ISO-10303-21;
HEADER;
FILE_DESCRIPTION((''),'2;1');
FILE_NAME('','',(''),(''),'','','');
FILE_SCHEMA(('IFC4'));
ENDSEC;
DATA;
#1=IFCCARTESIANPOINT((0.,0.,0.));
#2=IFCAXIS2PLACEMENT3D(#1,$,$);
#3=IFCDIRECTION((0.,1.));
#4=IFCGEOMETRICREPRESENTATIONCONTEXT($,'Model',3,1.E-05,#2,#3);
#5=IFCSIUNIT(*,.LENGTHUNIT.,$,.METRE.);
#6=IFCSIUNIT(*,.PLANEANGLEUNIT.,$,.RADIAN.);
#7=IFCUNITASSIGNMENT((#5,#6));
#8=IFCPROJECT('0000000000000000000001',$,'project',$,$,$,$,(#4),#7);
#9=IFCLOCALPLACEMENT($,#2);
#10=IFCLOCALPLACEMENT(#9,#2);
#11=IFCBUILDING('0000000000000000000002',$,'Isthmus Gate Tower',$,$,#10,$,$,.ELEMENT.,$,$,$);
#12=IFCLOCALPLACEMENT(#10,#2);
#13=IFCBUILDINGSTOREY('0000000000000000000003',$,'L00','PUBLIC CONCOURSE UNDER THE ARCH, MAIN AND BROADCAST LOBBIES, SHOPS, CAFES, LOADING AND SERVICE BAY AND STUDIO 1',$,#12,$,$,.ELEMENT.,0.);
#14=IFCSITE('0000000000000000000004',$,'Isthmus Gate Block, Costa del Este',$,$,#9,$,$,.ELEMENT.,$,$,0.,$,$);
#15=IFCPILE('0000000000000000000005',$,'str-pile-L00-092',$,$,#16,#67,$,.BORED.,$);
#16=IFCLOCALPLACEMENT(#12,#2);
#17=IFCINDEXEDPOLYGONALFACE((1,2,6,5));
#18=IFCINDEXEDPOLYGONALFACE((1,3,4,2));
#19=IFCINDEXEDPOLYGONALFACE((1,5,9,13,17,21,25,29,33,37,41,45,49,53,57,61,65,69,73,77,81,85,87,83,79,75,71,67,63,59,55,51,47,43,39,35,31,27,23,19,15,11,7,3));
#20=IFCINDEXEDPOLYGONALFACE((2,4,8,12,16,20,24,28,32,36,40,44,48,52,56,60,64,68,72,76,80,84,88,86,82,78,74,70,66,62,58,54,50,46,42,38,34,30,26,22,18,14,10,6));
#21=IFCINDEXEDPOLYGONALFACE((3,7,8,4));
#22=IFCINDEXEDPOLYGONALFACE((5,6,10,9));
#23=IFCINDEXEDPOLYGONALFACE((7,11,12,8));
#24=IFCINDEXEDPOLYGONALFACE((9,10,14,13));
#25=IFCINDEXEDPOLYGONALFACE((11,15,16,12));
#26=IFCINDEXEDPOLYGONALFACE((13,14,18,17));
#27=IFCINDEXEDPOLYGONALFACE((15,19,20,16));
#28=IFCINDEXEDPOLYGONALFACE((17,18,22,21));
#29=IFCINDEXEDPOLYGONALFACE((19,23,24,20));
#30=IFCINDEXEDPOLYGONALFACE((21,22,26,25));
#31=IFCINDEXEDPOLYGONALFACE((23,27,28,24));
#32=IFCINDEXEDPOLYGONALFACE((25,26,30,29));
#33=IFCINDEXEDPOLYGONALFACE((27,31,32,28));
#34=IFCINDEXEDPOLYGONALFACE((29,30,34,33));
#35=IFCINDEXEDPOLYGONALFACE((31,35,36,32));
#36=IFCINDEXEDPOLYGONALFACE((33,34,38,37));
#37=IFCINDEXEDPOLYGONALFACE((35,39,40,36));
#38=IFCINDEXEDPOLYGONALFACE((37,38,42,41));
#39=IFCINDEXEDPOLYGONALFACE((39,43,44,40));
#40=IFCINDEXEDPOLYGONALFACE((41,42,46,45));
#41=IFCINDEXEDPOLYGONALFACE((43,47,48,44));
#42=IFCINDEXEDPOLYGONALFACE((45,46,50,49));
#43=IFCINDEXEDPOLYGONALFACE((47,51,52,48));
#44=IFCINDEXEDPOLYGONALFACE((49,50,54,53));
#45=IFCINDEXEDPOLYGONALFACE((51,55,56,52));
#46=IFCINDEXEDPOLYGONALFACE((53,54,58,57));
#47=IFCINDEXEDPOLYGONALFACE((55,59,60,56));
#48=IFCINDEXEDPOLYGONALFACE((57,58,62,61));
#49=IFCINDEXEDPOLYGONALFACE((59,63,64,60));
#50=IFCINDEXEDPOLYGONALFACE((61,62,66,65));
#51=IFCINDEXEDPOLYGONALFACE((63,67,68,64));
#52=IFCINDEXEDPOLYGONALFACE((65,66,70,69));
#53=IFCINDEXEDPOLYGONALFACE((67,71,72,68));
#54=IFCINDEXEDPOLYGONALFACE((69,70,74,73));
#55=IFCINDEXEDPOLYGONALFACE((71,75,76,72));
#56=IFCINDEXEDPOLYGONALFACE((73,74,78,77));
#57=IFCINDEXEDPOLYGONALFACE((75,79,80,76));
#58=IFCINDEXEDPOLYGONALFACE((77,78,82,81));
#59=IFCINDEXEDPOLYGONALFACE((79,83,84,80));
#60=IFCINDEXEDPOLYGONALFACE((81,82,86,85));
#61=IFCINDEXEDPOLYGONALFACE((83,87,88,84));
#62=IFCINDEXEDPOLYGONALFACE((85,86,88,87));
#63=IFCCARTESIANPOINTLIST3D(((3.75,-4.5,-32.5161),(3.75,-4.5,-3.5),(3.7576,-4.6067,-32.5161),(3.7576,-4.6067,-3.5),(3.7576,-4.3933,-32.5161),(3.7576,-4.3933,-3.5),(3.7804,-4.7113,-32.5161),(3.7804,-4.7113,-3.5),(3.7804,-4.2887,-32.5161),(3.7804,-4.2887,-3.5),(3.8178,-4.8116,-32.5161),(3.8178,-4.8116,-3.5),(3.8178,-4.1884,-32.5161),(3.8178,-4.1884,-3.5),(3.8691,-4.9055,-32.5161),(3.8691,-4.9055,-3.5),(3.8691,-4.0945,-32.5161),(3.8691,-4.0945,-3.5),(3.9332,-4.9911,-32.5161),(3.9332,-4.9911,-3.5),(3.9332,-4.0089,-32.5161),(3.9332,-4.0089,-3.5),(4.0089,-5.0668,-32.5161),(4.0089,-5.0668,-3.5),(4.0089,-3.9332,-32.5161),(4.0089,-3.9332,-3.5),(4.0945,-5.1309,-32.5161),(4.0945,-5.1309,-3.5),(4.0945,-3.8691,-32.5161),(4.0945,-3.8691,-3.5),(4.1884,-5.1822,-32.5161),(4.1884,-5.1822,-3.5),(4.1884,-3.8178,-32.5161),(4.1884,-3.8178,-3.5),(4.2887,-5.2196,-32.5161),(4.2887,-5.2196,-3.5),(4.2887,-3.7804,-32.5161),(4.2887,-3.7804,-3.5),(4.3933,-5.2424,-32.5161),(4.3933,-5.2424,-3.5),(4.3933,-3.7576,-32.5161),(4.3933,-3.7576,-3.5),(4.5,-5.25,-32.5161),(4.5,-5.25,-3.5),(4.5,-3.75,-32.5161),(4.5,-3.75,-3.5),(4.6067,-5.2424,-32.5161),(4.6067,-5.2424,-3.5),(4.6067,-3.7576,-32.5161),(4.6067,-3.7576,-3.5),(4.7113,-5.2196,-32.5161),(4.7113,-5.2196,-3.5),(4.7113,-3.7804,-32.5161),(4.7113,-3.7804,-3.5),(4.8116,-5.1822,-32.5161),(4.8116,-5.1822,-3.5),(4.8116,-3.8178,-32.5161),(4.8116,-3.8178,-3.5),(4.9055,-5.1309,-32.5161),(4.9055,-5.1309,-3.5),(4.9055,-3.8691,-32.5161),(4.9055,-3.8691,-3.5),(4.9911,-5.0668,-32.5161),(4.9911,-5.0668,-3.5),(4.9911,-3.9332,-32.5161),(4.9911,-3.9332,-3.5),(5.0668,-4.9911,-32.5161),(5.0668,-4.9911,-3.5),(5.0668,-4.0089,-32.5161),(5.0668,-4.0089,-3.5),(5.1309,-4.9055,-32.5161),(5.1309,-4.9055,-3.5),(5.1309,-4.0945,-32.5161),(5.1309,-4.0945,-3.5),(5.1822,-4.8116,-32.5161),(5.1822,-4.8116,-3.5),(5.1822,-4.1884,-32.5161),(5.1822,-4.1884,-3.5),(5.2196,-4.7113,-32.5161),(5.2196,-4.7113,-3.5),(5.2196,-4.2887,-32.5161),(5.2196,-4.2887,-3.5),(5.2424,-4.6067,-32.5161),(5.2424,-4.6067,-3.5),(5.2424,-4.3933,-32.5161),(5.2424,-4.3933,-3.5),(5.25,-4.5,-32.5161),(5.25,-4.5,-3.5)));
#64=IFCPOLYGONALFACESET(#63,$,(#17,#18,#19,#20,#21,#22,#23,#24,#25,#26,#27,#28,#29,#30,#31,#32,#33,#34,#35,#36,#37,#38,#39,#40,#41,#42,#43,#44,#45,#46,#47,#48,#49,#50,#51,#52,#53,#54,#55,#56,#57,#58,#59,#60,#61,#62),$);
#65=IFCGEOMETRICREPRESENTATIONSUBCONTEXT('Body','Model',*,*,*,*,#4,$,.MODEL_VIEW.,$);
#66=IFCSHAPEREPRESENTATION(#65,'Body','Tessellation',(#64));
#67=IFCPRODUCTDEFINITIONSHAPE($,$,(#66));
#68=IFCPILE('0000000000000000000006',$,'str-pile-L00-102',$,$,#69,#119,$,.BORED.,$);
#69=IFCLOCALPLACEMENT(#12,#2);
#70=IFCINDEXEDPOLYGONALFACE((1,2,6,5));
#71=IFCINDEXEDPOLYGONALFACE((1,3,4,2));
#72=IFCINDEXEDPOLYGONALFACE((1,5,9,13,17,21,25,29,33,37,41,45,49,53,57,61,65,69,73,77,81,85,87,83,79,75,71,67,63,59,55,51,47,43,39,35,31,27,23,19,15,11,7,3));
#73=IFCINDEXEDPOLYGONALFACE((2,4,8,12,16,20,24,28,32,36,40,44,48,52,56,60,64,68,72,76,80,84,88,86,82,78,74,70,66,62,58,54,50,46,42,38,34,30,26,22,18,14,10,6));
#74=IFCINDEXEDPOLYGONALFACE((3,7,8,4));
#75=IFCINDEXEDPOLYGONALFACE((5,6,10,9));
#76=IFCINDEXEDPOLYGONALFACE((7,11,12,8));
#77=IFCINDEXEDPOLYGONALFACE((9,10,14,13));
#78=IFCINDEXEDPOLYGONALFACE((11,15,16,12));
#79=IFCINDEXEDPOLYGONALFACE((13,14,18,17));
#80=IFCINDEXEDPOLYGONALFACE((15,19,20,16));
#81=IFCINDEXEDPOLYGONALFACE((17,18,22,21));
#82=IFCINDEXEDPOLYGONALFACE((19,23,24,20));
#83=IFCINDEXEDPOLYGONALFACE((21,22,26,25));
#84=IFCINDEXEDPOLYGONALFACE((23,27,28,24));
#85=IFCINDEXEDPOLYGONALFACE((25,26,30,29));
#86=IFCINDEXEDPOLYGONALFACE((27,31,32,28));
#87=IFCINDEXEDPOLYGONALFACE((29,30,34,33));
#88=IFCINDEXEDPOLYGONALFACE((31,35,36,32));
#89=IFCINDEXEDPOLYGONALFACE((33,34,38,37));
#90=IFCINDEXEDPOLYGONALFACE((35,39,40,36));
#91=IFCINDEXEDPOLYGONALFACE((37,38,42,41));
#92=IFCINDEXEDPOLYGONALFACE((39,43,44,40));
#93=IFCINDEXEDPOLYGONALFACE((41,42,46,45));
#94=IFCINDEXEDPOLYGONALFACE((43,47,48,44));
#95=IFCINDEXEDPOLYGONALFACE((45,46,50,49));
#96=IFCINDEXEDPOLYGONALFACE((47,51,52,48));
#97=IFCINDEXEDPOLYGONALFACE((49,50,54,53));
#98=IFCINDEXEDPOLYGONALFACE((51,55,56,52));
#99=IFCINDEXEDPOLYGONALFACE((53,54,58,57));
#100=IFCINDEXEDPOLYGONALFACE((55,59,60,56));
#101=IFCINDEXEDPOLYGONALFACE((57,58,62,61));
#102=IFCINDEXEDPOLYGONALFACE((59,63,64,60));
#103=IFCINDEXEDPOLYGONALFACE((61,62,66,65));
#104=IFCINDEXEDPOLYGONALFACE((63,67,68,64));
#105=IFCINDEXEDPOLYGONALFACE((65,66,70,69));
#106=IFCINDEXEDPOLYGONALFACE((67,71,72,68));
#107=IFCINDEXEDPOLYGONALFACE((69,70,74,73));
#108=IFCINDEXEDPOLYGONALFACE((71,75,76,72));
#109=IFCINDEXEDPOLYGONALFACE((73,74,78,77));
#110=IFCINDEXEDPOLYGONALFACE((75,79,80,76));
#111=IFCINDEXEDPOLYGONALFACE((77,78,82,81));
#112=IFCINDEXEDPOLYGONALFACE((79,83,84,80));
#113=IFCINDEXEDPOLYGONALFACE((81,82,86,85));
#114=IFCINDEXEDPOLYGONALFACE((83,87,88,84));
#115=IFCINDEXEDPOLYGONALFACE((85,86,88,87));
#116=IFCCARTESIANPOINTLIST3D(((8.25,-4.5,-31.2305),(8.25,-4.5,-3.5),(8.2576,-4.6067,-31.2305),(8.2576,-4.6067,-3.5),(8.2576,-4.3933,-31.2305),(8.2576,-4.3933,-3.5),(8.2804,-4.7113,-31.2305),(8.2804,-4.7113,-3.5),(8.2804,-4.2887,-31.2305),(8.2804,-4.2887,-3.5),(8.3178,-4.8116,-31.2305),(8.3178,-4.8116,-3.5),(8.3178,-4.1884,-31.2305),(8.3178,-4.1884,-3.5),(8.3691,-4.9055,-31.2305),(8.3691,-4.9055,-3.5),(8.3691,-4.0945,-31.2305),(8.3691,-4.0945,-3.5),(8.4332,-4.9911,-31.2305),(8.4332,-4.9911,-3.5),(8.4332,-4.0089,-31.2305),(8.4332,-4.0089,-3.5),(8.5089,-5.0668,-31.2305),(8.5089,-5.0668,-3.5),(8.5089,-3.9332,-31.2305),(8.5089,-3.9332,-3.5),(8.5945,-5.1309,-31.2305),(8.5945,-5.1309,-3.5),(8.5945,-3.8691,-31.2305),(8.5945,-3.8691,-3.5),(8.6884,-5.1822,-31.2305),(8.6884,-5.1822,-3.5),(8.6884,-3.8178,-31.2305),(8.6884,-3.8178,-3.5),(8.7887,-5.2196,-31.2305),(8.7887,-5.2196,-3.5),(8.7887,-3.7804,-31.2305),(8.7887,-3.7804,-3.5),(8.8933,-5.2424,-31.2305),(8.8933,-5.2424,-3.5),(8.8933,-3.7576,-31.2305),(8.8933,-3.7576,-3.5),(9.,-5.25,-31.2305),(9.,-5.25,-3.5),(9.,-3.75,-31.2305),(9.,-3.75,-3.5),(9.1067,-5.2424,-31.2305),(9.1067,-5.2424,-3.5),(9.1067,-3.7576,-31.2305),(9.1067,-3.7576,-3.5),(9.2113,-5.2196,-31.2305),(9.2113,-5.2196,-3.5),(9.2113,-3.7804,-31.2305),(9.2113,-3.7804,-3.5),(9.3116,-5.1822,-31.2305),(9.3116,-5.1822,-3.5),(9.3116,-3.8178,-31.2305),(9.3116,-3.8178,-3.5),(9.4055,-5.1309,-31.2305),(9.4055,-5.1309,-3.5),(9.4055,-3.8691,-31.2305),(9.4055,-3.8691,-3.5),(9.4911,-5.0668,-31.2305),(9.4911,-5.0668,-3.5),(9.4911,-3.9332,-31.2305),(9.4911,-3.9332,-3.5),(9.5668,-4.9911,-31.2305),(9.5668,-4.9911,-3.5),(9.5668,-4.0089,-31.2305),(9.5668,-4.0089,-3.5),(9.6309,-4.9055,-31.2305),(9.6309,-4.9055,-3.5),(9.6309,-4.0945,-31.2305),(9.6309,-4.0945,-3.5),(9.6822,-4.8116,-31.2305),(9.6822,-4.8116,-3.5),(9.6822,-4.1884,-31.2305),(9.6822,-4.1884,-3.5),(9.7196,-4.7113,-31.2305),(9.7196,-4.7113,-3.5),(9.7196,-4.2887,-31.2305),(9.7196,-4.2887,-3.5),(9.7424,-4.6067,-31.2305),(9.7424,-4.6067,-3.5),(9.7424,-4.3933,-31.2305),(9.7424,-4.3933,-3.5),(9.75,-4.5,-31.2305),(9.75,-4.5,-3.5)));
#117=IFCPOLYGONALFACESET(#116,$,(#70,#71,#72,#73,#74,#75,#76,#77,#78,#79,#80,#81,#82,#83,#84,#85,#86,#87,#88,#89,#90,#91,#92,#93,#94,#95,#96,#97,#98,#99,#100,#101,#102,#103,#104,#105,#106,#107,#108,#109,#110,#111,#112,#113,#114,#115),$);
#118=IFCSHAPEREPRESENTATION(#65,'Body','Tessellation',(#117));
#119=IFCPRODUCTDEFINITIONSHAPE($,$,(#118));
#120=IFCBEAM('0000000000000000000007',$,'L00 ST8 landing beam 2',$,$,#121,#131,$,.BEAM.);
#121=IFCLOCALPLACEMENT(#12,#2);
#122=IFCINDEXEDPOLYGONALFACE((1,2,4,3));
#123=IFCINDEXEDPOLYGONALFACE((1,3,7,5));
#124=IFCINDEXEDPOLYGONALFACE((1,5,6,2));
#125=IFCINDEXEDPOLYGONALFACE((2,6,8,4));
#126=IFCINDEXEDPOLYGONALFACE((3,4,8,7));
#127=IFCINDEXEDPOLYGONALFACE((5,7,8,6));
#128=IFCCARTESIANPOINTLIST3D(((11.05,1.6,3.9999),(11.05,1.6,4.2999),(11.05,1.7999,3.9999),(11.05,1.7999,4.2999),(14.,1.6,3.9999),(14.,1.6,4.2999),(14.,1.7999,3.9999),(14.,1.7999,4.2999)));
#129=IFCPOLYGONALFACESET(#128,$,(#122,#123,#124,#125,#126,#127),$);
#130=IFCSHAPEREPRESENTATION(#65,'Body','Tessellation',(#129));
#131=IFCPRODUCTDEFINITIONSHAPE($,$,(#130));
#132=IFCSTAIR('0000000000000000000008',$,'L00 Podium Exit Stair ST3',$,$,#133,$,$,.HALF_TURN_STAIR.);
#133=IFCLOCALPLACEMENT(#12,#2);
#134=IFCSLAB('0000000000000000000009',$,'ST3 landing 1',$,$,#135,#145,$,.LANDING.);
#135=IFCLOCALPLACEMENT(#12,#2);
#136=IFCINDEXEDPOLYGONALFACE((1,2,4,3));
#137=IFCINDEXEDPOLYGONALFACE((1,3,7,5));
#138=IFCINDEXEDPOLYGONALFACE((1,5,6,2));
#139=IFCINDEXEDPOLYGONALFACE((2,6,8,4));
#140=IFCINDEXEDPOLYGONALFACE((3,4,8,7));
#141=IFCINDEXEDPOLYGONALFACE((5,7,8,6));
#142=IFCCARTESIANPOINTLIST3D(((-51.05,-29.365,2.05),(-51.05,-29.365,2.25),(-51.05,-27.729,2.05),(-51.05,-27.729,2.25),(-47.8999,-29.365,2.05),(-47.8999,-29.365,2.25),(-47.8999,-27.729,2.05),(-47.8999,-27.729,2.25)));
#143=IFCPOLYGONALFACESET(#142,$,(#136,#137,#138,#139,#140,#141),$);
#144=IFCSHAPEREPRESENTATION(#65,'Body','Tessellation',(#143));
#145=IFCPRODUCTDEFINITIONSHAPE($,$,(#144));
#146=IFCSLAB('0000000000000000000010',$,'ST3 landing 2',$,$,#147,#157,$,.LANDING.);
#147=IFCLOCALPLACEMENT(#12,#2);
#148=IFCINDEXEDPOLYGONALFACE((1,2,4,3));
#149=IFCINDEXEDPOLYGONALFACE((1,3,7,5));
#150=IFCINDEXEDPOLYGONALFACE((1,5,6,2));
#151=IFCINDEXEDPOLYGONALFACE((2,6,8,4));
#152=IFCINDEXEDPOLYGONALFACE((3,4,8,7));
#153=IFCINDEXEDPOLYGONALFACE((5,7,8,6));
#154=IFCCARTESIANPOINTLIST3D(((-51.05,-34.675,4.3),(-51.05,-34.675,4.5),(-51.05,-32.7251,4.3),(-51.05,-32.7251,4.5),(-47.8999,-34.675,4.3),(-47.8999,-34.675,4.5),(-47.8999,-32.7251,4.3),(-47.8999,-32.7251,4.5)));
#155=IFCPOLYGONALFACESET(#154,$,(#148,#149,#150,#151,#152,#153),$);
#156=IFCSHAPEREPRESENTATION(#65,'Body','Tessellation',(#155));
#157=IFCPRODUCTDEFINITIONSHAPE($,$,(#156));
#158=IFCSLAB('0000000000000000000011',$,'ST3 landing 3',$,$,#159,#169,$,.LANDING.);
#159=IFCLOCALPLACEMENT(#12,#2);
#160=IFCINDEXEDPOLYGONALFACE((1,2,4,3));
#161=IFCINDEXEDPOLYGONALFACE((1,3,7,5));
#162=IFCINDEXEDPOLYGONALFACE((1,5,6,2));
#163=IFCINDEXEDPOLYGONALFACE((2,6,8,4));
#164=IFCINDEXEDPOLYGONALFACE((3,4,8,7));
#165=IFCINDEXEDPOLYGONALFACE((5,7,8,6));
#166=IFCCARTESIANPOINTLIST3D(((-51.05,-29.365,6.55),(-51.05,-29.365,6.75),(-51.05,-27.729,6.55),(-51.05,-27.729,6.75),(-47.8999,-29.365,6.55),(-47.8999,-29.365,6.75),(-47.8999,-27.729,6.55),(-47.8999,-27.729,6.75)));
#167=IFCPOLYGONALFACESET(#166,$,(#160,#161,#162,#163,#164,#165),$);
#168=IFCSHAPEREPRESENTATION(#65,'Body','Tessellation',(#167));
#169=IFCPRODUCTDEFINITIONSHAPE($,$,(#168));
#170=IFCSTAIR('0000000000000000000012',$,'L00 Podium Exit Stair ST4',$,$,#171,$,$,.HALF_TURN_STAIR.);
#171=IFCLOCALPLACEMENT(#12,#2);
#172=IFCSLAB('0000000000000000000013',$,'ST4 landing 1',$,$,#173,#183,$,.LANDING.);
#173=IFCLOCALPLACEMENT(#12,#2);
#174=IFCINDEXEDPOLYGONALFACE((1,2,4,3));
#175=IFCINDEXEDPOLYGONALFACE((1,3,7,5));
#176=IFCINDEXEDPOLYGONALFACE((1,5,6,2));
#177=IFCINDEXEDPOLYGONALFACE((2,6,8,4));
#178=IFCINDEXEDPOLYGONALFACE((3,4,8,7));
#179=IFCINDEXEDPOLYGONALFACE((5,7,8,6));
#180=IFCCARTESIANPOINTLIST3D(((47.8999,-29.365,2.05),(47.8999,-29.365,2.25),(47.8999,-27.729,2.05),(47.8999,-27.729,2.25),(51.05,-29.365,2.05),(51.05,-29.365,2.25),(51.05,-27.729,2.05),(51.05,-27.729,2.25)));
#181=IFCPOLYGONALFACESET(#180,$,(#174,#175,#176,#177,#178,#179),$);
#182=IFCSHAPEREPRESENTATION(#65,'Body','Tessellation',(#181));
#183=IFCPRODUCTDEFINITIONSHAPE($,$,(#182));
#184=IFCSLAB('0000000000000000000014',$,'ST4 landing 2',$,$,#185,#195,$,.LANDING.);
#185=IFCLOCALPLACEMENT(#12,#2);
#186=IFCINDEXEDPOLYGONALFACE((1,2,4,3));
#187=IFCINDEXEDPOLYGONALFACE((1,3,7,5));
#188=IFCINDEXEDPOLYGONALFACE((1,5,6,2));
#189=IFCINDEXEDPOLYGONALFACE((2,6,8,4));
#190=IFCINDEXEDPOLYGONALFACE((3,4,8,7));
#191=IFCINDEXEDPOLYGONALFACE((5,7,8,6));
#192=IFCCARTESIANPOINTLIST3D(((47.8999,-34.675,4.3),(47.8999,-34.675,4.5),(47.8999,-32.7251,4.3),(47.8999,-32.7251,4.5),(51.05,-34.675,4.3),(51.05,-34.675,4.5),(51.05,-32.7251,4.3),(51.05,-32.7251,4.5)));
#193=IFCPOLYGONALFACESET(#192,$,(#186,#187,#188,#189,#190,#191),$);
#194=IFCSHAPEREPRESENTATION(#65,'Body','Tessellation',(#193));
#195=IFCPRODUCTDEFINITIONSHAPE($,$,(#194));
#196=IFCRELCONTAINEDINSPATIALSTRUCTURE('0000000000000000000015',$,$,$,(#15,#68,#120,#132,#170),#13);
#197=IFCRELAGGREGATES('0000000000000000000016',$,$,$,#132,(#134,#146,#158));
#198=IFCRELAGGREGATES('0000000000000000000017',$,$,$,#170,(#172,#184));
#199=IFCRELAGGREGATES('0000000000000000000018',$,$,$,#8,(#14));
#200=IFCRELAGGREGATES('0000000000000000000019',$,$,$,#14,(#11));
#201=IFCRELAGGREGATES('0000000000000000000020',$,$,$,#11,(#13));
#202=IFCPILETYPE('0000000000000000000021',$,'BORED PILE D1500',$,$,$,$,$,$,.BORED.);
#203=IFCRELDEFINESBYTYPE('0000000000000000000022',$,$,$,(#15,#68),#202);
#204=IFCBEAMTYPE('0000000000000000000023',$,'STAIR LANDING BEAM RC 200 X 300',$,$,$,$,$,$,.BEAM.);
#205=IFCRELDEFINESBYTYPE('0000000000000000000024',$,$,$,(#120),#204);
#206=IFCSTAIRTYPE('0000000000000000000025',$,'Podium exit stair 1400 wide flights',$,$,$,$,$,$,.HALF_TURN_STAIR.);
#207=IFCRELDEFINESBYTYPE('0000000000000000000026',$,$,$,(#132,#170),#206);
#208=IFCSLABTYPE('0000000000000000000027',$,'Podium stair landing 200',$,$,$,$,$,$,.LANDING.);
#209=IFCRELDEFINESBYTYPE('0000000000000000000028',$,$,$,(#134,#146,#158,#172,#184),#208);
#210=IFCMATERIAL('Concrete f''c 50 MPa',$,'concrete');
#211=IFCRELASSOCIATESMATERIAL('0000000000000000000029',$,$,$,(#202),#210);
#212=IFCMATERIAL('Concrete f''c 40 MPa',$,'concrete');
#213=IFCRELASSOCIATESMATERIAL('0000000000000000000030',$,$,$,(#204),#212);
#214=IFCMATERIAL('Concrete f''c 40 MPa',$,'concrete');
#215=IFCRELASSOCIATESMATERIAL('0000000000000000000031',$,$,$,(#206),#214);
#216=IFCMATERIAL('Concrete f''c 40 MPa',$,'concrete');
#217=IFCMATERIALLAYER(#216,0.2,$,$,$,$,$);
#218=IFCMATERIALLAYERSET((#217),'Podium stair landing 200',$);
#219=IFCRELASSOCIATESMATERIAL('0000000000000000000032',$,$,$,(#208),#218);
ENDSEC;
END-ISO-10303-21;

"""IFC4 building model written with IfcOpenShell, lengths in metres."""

from ifc_helpers import new_model, si_unit, direction, frame, origin, origin_2d, place, context, subcontext, project, spatial, polyline, rectangle, circle, outline, extrude, material, layer, layer_set, material_profile, profile_set, type_object, element, aggregate, save


model = new_model("IFC4")

# Units and contexts
model_context = context("Model", 3, precision=1e-05, world=origin(), true_north=direction((0.0, 1.0)))
body_context = subcontext(model_context, "Body", "Model", "MODEL_VIEW")
ifc_project = project(units=[si_unit("LENGTHUNIT", "METRE"), si_unit("PLANEANGLEUNIT", "RADIAN")], contexts=[model_context])

# Site, building, storey
site_placement = place(None, origin())
site = spatial("IfcSite", under=ifc_project, at=site_placement, Name="Isthmus Gate Block, Costa del Este", CompositionType="ELEMENT", RefElevation=0.0)
building_placement = place(site_placement, origin())
building = spatial("IfcBuilding", under=site, at=building_placement, Name="Isthmus Gate Tower", CompositionType="ELEMENT")
storey_placement = place(building_placement, origin())
storey = spatial("IfcBuildingStorey", under=building, at=storey_placement, Name="L00", Description="PUBLIC CONCOURSE UNDER THE ARCH, MAIN AND BROADCAST LOBBIES, SHOPS, CAFES, LOADING AND SERVICE BAY AND STUDIO 1", CompositionType="ELEMENT", Elevation=0.0)

# Piles
ifc_material_1 = material(Name="Concrete f'c 50 MPa", Category="concrete")
ifc_material_profile_1 = material_profile(ifc_material_1, circle(Radius=0.75, at=origin_2d()), Name="D1500")
ifc_profile_set_1 = profile_set([ifc_material_profile_1], Name="Concrete f'c 50 MPa")
pile_type = type_object("IfcPileType", Name="BORED PILE D1500", PredefinedType="BORED", material=ifc_profile_set_1)
pile_1_placement = place(storey_placement, frame((4.5, -4.5, -3.5), z_axis=(0.0, 0.0, -1.0), x_axis=(1.0, 0.0, 0.0)))
element("IfcPile", 1, at=pile_1_placement, inside=storey, type_object=pile_type, Name="str-pile-L00-092", PredefinedType="BORED", context=body_context, shape_type="SweptSolid", body=[
    extrude(circle(Radius=0.75, at=origin_2d()), origin(), (0.0, 0.0, 1.0), 29.0161),
])
pile_2_placement = place(storey_placement, frame((9.0, -4.5, -3.5), z_axis=(0.0, 0.0, -1.0), x_axis=(1.0, 0.0, 0.0)))
element("IfcPile", 2, at=pile_2_placement, inside=storey, type_object=pile_type, Name="str-pile-L00-102", PredefinedType="BORED", context=body_context, shape_type="SweptSolid", body=[
    extrude(circle(Radius=0.75, at=origin_2d()), origin(), (0.0, 0.0, 1.0), 27.7305),
])

# Beam
ifc_material_2 = material(Name="Concrete f'c 40 MPa", Category="concrete")
ifc_material_profile_2 = material_profile(ifc_material_2, rectangle(XDim=0.2, YDim=0.3, at=origin_2d()), Name="STAIR LANDING BEAM RC 200 X 300")
ifc_profile_set_2 = profile_set([ifc_material_profile_2], Name="Concrete f'c 40 MPa")
beam_type = type_object("IfcBeamType", Name="STAIR LANDING BEAM RC 200 X 300", PredefinedType="BEAM", material=ifc_profile_set_2)
beam_placement = place(storey_placement, frame((11.05, 1.7, 4.1499), z_axis=(1.0, 0.0, 0.0), x_axis=(0.0, 1.0, 0.0)))
element("IfcBeam", 3, at=beam_placement, inside=storey, type_object=beam_type, Name="L00 ST8 landing beam 2", PredefinedType="BEAM", context=body_context, shape_type="SweptSolid", body=[
    extrude(rectangle(XDim=0.2, YDim=0.3, at=origin_2d()), origin(), (0.0, 0.0, 1.0), 2.95),
])

# Stairs, slabs
ifc_material_3 = material(Name="Concrete f'c 40 MPa", Category="concrete")
stair_type_1 = type_object("IfcStairType", Name="Podium exit stair 1400 wide flights", PredefinedType="HALF_TURN_STAIR", material=ifc_material_3)
stair_1_placement = place(storey_placement, origin())
stair_1 = element("IfcStair", 4, at=stair_1_placement, inside=storey, type_object=stair_type_1, Name="L00 Podium Exit Stair ST3", PredefinedType="HALF_TURN_STAIR")
ifc_material_4 = material(Name="Concrete f'c 40 MPa", Category="concrete")
ifc_layer_1 = layer(ifc_material_4, 0.2)
ifc_layer_set_1 = layer_set([ifc_layer_1], Name="Podium stair landing 200")
slab_type_1 = type_object("IfcSlabType", Name="Podium stair landing 200", PredefinedType="LANDING", material=ifc_layer_set_1)
slab_1_placement = place(storey_placement, frame((0.0, 0.0, 2.05)))
slab_1 = element("IfcSlab", 5, at=slab_1_placement, type_object=slab_type_1, Name="ST3 landing 1", PredefinedType="LANDING", context=body_context, shape_type="SweptSolid", body=[
    extrude(outline(polyline([(-47.8999, -29.365), (-47.8999, -27.729), (-51.05, -27.729), (-51.05, -29.365), (-47.8999, -29.365)])), origin(), (0.0, 0.0, 1.0), 0.2),
])
slab_2_placement = place(storey_placement, frame((0.0, 0.0, 4.3)))
slab_2 = element("IfcSlab", 6, at=slab_2_placement, type_object=slab_type_1, Name="ST3 landing 2", PredefinedType="LANDING", context=body_context, shape_type="SweptSolid", body=[
    extrude(outline(polyline([(-47.8999, -34.675), (-47.8999, -32.7251), (-51.05, -32.7251), (-51.05, -34.675), (-47.8999, -34.675)])), origin(), (0.0, 0.0, 1.0), 0.2),
])
slab_3_placement = place(storey_placement, frame((0.0, 0.0, 6.55)))
slab_3 = element("IfcSlab", 7, at=slab_3_placement, type_object=slab_type_1, Name="ST3 landing 3", PredefinedType="LANDING", context=body_context, shape_type="SweptSolid", body=[
    extrude(outline(polyline([(-47.8999, -29.365), (-47.8999, -27.729), (-51.05, -27.729), (-51.05, -29.365), (-47.8999, -29.365)])), origin(), (0.0, 0.0, 1.0), 0.2),
])
aggregate(stair_1, [slab_1, slab_2, slab_3])
stair_2_placement = place(storey_placement, origin())
stair_2 = element("IfcStair", 8, at=stair_2_placement, inside=storey, type_object=stair_type_1, Name="L00 Podium Exit Stair ST4", PredefinedType="HALF_TURN_STAIR")
slab_4_placement = place(storey_placement, frame((0.0, 0.0, 2.05)))
slab_4 = element("IfcSlab", 9, at=slab_4_placement, type_object=slab_type_1, Name="ST4 landing 1", PredefinedType="LANDING", context=body_context, shape_type="SweptSolid", body=[
    extrude(outline(polyline([(51.05, -29.365), (51.05, -27.729), (47.8999, -27.729), (47.8999, -29.365), (51.05, -29.365)])), origin(), (0.0, 0.0, 1.0), 0.2),
])
slab_5_placement = place(storey_placement, frame((0.0, 0.0, 4.3)))
slab_5 = element("IfcSlab", 10, at=slab_5_placement, type_object=slab_type_1, Name="ST4 landing 2", PredefinedType="LANDING", context=body_context, shape_type="SweptSolid", body=[
    extrude(outline(polyline([(51.05, -34.675), (51.05, -32.7251), (47.8999, -32.7251), (47.8999, -34.675), (51.05, -34.675)])), origin(), (0.0, 0.0, 1.0), 0.2),
])
aggregate(stair_2, [slab_4, slab_5])

save(model, "model.ifc")
